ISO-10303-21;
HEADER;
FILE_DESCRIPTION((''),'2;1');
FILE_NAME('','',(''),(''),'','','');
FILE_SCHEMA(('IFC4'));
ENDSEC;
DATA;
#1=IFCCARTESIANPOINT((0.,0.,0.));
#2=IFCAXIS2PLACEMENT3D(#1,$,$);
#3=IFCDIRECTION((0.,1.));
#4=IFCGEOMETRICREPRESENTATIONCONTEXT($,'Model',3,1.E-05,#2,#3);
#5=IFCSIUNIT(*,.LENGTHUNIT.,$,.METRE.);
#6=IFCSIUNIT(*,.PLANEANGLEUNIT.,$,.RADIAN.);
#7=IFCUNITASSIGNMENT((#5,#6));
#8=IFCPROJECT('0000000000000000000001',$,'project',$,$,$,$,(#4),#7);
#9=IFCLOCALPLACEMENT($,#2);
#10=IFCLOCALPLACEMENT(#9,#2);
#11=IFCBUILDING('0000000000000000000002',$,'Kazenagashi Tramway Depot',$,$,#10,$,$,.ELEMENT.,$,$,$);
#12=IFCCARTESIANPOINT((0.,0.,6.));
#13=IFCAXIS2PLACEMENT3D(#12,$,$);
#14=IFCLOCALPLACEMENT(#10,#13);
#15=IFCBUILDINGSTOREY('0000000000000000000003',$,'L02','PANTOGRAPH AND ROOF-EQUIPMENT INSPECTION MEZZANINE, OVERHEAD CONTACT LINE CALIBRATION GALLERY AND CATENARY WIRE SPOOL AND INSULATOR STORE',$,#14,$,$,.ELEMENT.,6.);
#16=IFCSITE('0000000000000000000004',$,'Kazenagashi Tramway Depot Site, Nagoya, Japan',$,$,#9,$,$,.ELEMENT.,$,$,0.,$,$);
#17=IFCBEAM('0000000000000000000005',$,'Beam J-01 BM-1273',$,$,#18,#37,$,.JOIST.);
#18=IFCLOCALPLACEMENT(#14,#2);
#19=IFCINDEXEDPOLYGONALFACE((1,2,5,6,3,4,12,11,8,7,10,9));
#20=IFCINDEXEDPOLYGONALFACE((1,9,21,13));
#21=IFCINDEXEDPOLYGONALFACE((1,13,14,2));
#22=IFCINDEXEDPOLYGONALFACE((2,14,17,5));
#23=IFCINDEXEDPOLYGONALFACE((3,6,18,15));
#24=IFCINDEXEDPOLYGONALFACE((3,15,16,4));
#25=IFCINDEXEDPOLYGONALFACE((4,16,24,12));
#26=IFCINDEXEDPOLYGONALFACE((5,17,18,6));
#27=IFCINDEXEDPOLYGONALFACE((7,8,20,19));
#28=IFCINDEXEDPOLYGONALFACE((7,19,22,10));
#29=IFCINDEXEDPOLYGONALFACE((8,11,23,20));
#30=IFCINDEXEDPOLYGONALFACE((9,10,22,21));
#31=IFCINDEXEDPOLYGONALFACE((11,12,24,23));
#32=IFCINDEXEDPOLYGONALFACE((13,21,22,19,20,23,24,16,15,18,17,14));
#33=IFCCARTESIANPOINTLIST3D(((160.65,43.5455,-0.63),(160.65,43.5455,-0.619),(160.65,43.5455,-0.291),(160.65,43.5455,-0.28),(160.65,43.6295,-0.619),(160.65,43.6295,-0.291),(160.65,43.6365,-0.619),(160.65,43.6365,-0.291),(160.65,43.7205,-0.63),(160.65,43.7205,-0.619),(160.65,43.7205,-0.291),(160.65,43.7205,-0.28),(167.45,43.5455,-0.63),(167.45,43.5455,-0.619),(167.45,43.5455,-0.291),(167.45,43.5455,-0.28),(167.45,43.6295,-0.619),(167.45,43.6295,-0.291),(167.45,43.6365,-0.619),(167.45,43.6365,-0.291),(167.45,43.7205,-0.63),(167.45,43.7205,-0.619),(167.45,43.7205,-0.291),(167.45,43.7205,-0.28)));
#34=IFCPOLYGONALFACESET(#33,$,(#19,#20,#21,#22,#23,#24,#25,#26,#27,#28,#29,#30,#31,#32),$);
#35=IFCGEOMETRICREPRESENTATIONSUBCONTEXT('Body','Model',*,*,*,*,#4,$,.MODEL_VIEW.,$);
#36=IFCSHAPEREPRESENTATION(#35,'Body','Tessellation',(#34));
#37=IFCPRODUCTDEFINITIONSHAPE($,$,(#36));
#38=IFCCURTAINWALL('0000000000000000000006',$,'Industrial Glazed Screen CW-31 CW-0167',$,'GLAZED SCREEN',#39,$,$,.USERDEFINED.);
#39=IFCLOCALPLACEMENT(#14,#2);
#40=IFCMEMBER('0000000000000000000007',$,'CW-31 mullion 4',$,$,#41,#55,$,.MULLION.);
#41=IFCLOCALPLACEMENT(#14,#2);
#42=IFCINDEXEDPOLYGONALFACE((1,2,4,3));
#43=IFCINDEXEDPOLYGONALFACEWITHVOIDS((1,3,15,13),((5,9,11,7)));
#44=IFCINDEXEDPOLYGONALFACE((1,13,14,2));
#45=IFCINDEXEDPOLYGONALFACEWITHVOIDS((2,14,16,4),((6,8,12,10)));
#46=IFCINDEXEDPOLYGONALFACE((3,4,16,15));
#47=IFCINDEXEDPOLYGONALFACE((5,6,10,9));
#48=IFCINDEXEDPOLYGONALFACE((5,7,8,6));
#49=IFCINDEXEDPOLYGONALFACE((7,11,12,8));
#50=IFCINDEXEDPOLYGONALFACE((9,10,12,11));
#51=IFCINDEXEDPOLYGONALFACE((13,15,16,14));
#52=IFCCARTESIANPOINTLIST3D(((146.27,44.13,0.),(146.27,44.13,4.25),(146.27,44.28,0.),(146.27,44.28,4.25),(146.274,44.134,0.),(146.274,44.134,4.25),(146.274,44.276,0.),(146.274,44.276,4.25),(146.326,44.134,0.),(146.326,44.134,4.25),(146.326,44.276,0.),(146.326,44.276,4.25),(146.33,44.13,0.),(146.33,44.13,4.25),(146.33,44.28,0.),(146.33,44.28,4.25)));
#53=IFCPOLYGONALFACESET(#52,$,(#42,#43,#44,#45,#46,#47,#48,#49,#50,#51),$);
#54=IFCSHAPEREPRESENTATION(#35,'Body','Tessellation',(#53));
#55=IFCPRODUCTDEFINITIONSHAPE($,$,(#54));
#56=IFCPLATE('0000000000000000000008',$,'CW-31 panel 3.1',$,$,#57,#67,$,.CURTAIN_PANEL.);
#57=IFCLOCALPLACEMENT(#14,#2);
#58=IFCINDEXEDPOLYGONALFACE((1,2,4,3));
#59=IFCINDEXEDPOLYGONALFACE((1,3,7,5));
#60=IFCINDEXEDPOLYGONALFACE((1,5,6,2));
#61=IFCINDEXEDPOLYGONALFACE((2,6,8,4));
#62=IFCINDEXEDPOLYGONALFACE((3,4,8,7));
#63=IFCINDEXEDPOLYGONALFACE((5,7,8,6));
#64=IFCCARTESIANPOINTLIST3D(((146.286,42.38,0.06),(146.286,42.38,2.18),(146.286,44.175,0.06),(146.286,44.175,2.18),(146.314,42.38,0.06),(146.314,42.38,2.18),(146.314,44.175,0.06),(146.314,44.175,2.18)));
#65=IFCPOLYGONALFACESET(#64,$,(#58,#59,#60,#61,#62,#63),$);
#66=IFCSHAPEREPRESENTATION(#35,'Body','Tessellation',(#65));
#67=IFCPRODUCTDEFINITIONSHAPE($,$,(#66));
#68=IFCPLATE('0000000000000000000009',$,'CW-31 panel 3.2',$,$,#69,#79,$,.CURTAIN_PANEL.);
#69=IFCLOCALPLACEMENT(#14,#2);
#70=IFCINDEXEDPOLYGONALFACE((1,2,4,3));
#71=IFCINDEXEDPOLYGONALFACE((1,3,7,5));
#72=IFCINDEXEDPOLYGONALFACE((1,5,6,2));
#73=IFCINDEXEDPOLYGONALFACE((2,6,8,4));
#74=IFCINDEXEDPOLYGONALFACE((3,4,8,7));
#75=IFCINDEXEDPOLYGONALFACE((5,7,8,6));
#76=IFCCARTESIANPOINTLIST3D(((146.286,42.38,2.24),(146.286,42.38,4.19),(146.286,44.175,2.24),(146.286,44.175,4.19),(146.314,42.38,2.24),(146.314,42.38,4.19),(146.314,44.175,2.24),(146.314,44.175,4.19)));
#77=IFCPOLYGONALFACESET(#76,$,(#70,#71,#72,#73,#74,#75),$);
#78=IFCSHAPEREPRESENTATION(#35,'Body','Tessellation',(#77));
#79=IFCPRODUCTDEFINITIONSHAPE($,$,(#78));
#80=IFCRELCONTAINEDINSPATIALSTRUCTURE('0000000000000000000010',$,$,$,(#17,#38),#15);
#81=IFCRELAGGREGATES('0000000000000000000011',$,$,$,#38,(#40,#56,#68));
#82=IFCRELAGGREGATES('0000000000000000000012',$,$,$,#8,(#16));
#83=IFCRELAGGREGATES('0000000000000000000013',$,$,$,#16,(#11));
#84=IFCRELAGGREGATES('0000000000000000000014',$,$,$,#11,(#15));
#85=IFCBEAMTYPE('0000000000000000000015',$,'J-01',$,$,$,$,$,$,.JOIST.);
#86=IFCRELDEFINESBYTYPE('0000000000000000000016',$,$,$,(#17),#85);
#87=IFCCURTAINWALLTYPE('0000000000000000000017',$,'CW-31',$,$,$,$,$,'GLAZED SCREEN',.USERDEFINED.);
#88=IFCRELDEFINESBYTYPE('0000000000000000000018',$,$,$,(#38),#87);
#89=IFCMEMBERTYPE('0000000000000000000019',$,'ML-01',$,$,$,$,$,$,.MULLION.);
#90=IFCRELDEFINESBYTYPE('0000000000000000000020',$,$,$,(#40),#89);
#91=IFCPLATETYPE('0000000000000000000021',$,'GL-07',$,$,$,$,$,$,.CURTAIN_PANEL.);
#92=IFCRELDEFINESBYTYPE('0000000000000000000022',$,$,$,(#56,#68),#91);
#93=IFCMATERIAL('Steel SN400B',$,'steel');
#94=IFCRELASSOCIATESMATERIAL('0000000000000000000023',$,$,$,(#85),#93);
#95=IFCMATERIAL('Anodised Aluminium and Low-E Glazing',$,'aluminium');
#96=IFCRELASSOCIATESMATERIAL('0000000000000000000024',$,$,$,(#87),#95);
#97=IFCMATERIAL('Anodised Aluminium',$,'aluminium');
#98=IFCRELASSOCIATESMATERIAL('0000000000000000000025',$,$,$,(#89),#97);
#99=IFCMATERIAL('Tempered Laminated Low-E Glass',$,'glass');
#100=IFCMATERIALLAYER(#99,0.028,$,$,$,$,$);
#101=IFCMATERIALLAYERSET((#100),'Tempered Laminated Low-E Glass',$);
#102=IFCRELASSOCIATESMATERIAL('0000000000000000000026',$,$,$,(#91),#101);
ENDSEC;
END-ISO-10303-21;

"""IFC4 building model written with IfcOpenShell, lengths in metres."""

from ifc_helpers import new_model, si_unit, direction, frame, origin, origin_2d, place, context, subcontext, project, spatial, rectangle, hollow_rectangle, i_section, extrude, material, layer, layer_set, material_profile, profile_set, type_object, element, aggregate, save


model = new_model("IFC4")

# Units and contexts
model_context = context("Model", 3, precision=1e-05, world=origin(), true_north=direction((0.0, 1.0)))
body_context = subcontext(model_context, "Body", "Model", "MODEL_VIEW")
ifc_project = project(units=[si_unit("LENGTHUNIT", "METRE"), si_unit("PLANEANGLEUNIT", "RADIAN")], contexts=[model_context])

# Site, building, storey
site_placement = place(None, origin())
site = spatial("IfcSite", under=ifc_project, at=site_placement, Name="Kazenagashi Tramway Depot Site, Nagoya, Japan", CompositionType="ELEMENT", RefElevation=0.0)
building_placement = place(site_placement, origin())
building = spatial("IfcBuilding", under=site, at=building_placement, Name="Kazenagashi Tramway Depot", CompositionType="ELEMENT")
storey_placement = place(building_placement, frame((0.0, 0.0, 6.0)))
storey = spatial("IfcBuildingStorey", under=building, at=storey_placement, Name="L02", Description="PANTOGRAPH AND ROOF-EQUIPMENT INSPECTION MEZZANINE, OVERHEAD CONTACT LINE CALIBRATION GALLERY AND CATENARY WIRE SPOOL AND INSULATOR STORE", CompositionType="ELEMENT", Elevation=6.0)

# Beam
ifc_material_1 = material(Name="Steel SN400B", Category="steel")
ifc_material_profile_1 = material_profile(ifc_material_1, i_section(OverallWidth=0.175, OverallDepth=0.35, WebThickness=0.007, FlangeThickness=0.011, at=origin_2d()), Name="H-350x175x7x11")
ifc_profile_set_1 = profile_set([ifc_material_profile_1], Name="Steel SN400B")
beam_type_1 = type_object("IfcBeamType", Name="J-01", PredefinedType="JOIST", material=ifc_profile_set_1)
for number, where, z_axis, x_axis, name in (
    (1, (160.65, 43.633, -0.455), (1.0, 0.0, 0.0), (0.0, 1.0, 0.0), "Beam J-01 BM-1273"),
):
    element("IfcBeam", number, at=place(storey_placement, frame(where, z_axis=z_axis, x_axis=x_axis)), inside=storey, type_object=beam_type_1, Name=name, PredefinedType="JOIST", context=body_context, shape_type="SweptSolid", body=[
        extrude(i_section(OverallWidth=0.175, OverallDepth=0.35, WebThickness=0.007, FlangeThickness=0.011, at=origin_2d()), origin(), (0.0, 0.0, 1.0), 6.8),
    ])

# Curtain wall, member, plates
ifc_material_2 = material(Name="Anodised Aluminium and Low-E Glazing", Category="aluminium")
curtain_wall_type = type_object("IfcCurtainWallType", Name="CW-31", ElementType="GLAZED SCREEN", PredefinedType="USERDEFINED", material=ifc_material_2)
curtain_wall_placement = place(storey_placement, origin())
curtain_wall = element("IfcCurtainWall", 2, at=curtain_wall_placement, inside=storey, type_object=curtain_wall_type, Name="Industrial Glazed Screen CW-31 CW-0167", ObjectType="GLAZED SCREEN", PredefinedType="USERDEFINED")
ifc_material_3 = material(Name="Anodised Aluminium", Category="aluminium")
ifc_material_profile_2 = material_profile(ifc_material_3, hollow_rectangle(XDim=0.06, YDim=0.15, WallThickness=0.004, at=origin_2d()), Name="RHS-150x60x4")
ifc_profile_set_2 = profile_set([ifc_material_profile_2], Name="Anodised Aluminium")
member_type = type_object("IfcMemberType", Name="ML-01", PredefinedType="MULLION", material=ifc_profile_set_2)
member_placement = place(storey_placement, frame((146.3, 44.205, 0.0), z_axis=(0.0, 0.0, 1.0), x_axis=(-1.0, 0.0, 0.0)))
member = element("IfcMember", 3, at=member_placement, type_object=member_type, Name="CW-31 mullion 4", PredefinedType="MULLION", context=body_context, shape_type="SweptSolid", body=[
    extrude(hollow_rectangle(XDim=0.06, YDim=0.15, WallThickness=0.004, at=origin_2d()), origin(), (0.0, 0.0, 1.0), 4.25),
])
ifc_material_4 = material(Name="Tempered Laminated Low-E Glass", Category="glass")
ifc_layer = layer(ifc_material_4, 0.028)
ifc_layer_set = layer_set([ifc_layer], Name="Tempered Laminated Low-E Glass")
plate_type = type_object("IfcPlateType", Name="GL-07", PredefinedType="CURTAIN_PANEL", material=ifc_layer_set)
plate_1_placement = place(storey_placement, frame((146.3, 43.2775, 0.06), z_axis=(0.0, 0.0, 1.0), x_axis=(0.0, 1.0, 0.0)))
plate_1 = element("IfcPlate", 4, at=plate_1_placement, type_object=plate_type, Name="CW-31 panel 3.1", PredefinedType="CURTAIN_PANEL", context=body_context, shape_type="SweptSolid", body=[
    extrude(rectangle(XDim=1.795, YDim=0.028, at=origin_2d()), origin(), (0.0, 0.0, 1.0), 2.12),
])
plate_2_placement = place(storey_placement, frame((146.3, 43.2775, 2.24), z_axis=(0.0, 0.0, 1.0), x_axis=(0.0, 1.0, 0.0)))
plate_2 = element("IfcPlate", 5, at=plate_2_placement, type_object=plate_type, Name="CW-31 panel 3.2", PredefinedType="CURTAIN_PANEL", context=body_context, shape_type="SweptSolid", body=[
    extrude(rectangle(XDim=1.795, YDim=0.028, at=origin_2d()), origin(), (0.0, 0.0, 1.0), 1.95),
])
aggregate(curtain_wall, [member, plate_1, plate_2])

save(model, "model.ifc")
